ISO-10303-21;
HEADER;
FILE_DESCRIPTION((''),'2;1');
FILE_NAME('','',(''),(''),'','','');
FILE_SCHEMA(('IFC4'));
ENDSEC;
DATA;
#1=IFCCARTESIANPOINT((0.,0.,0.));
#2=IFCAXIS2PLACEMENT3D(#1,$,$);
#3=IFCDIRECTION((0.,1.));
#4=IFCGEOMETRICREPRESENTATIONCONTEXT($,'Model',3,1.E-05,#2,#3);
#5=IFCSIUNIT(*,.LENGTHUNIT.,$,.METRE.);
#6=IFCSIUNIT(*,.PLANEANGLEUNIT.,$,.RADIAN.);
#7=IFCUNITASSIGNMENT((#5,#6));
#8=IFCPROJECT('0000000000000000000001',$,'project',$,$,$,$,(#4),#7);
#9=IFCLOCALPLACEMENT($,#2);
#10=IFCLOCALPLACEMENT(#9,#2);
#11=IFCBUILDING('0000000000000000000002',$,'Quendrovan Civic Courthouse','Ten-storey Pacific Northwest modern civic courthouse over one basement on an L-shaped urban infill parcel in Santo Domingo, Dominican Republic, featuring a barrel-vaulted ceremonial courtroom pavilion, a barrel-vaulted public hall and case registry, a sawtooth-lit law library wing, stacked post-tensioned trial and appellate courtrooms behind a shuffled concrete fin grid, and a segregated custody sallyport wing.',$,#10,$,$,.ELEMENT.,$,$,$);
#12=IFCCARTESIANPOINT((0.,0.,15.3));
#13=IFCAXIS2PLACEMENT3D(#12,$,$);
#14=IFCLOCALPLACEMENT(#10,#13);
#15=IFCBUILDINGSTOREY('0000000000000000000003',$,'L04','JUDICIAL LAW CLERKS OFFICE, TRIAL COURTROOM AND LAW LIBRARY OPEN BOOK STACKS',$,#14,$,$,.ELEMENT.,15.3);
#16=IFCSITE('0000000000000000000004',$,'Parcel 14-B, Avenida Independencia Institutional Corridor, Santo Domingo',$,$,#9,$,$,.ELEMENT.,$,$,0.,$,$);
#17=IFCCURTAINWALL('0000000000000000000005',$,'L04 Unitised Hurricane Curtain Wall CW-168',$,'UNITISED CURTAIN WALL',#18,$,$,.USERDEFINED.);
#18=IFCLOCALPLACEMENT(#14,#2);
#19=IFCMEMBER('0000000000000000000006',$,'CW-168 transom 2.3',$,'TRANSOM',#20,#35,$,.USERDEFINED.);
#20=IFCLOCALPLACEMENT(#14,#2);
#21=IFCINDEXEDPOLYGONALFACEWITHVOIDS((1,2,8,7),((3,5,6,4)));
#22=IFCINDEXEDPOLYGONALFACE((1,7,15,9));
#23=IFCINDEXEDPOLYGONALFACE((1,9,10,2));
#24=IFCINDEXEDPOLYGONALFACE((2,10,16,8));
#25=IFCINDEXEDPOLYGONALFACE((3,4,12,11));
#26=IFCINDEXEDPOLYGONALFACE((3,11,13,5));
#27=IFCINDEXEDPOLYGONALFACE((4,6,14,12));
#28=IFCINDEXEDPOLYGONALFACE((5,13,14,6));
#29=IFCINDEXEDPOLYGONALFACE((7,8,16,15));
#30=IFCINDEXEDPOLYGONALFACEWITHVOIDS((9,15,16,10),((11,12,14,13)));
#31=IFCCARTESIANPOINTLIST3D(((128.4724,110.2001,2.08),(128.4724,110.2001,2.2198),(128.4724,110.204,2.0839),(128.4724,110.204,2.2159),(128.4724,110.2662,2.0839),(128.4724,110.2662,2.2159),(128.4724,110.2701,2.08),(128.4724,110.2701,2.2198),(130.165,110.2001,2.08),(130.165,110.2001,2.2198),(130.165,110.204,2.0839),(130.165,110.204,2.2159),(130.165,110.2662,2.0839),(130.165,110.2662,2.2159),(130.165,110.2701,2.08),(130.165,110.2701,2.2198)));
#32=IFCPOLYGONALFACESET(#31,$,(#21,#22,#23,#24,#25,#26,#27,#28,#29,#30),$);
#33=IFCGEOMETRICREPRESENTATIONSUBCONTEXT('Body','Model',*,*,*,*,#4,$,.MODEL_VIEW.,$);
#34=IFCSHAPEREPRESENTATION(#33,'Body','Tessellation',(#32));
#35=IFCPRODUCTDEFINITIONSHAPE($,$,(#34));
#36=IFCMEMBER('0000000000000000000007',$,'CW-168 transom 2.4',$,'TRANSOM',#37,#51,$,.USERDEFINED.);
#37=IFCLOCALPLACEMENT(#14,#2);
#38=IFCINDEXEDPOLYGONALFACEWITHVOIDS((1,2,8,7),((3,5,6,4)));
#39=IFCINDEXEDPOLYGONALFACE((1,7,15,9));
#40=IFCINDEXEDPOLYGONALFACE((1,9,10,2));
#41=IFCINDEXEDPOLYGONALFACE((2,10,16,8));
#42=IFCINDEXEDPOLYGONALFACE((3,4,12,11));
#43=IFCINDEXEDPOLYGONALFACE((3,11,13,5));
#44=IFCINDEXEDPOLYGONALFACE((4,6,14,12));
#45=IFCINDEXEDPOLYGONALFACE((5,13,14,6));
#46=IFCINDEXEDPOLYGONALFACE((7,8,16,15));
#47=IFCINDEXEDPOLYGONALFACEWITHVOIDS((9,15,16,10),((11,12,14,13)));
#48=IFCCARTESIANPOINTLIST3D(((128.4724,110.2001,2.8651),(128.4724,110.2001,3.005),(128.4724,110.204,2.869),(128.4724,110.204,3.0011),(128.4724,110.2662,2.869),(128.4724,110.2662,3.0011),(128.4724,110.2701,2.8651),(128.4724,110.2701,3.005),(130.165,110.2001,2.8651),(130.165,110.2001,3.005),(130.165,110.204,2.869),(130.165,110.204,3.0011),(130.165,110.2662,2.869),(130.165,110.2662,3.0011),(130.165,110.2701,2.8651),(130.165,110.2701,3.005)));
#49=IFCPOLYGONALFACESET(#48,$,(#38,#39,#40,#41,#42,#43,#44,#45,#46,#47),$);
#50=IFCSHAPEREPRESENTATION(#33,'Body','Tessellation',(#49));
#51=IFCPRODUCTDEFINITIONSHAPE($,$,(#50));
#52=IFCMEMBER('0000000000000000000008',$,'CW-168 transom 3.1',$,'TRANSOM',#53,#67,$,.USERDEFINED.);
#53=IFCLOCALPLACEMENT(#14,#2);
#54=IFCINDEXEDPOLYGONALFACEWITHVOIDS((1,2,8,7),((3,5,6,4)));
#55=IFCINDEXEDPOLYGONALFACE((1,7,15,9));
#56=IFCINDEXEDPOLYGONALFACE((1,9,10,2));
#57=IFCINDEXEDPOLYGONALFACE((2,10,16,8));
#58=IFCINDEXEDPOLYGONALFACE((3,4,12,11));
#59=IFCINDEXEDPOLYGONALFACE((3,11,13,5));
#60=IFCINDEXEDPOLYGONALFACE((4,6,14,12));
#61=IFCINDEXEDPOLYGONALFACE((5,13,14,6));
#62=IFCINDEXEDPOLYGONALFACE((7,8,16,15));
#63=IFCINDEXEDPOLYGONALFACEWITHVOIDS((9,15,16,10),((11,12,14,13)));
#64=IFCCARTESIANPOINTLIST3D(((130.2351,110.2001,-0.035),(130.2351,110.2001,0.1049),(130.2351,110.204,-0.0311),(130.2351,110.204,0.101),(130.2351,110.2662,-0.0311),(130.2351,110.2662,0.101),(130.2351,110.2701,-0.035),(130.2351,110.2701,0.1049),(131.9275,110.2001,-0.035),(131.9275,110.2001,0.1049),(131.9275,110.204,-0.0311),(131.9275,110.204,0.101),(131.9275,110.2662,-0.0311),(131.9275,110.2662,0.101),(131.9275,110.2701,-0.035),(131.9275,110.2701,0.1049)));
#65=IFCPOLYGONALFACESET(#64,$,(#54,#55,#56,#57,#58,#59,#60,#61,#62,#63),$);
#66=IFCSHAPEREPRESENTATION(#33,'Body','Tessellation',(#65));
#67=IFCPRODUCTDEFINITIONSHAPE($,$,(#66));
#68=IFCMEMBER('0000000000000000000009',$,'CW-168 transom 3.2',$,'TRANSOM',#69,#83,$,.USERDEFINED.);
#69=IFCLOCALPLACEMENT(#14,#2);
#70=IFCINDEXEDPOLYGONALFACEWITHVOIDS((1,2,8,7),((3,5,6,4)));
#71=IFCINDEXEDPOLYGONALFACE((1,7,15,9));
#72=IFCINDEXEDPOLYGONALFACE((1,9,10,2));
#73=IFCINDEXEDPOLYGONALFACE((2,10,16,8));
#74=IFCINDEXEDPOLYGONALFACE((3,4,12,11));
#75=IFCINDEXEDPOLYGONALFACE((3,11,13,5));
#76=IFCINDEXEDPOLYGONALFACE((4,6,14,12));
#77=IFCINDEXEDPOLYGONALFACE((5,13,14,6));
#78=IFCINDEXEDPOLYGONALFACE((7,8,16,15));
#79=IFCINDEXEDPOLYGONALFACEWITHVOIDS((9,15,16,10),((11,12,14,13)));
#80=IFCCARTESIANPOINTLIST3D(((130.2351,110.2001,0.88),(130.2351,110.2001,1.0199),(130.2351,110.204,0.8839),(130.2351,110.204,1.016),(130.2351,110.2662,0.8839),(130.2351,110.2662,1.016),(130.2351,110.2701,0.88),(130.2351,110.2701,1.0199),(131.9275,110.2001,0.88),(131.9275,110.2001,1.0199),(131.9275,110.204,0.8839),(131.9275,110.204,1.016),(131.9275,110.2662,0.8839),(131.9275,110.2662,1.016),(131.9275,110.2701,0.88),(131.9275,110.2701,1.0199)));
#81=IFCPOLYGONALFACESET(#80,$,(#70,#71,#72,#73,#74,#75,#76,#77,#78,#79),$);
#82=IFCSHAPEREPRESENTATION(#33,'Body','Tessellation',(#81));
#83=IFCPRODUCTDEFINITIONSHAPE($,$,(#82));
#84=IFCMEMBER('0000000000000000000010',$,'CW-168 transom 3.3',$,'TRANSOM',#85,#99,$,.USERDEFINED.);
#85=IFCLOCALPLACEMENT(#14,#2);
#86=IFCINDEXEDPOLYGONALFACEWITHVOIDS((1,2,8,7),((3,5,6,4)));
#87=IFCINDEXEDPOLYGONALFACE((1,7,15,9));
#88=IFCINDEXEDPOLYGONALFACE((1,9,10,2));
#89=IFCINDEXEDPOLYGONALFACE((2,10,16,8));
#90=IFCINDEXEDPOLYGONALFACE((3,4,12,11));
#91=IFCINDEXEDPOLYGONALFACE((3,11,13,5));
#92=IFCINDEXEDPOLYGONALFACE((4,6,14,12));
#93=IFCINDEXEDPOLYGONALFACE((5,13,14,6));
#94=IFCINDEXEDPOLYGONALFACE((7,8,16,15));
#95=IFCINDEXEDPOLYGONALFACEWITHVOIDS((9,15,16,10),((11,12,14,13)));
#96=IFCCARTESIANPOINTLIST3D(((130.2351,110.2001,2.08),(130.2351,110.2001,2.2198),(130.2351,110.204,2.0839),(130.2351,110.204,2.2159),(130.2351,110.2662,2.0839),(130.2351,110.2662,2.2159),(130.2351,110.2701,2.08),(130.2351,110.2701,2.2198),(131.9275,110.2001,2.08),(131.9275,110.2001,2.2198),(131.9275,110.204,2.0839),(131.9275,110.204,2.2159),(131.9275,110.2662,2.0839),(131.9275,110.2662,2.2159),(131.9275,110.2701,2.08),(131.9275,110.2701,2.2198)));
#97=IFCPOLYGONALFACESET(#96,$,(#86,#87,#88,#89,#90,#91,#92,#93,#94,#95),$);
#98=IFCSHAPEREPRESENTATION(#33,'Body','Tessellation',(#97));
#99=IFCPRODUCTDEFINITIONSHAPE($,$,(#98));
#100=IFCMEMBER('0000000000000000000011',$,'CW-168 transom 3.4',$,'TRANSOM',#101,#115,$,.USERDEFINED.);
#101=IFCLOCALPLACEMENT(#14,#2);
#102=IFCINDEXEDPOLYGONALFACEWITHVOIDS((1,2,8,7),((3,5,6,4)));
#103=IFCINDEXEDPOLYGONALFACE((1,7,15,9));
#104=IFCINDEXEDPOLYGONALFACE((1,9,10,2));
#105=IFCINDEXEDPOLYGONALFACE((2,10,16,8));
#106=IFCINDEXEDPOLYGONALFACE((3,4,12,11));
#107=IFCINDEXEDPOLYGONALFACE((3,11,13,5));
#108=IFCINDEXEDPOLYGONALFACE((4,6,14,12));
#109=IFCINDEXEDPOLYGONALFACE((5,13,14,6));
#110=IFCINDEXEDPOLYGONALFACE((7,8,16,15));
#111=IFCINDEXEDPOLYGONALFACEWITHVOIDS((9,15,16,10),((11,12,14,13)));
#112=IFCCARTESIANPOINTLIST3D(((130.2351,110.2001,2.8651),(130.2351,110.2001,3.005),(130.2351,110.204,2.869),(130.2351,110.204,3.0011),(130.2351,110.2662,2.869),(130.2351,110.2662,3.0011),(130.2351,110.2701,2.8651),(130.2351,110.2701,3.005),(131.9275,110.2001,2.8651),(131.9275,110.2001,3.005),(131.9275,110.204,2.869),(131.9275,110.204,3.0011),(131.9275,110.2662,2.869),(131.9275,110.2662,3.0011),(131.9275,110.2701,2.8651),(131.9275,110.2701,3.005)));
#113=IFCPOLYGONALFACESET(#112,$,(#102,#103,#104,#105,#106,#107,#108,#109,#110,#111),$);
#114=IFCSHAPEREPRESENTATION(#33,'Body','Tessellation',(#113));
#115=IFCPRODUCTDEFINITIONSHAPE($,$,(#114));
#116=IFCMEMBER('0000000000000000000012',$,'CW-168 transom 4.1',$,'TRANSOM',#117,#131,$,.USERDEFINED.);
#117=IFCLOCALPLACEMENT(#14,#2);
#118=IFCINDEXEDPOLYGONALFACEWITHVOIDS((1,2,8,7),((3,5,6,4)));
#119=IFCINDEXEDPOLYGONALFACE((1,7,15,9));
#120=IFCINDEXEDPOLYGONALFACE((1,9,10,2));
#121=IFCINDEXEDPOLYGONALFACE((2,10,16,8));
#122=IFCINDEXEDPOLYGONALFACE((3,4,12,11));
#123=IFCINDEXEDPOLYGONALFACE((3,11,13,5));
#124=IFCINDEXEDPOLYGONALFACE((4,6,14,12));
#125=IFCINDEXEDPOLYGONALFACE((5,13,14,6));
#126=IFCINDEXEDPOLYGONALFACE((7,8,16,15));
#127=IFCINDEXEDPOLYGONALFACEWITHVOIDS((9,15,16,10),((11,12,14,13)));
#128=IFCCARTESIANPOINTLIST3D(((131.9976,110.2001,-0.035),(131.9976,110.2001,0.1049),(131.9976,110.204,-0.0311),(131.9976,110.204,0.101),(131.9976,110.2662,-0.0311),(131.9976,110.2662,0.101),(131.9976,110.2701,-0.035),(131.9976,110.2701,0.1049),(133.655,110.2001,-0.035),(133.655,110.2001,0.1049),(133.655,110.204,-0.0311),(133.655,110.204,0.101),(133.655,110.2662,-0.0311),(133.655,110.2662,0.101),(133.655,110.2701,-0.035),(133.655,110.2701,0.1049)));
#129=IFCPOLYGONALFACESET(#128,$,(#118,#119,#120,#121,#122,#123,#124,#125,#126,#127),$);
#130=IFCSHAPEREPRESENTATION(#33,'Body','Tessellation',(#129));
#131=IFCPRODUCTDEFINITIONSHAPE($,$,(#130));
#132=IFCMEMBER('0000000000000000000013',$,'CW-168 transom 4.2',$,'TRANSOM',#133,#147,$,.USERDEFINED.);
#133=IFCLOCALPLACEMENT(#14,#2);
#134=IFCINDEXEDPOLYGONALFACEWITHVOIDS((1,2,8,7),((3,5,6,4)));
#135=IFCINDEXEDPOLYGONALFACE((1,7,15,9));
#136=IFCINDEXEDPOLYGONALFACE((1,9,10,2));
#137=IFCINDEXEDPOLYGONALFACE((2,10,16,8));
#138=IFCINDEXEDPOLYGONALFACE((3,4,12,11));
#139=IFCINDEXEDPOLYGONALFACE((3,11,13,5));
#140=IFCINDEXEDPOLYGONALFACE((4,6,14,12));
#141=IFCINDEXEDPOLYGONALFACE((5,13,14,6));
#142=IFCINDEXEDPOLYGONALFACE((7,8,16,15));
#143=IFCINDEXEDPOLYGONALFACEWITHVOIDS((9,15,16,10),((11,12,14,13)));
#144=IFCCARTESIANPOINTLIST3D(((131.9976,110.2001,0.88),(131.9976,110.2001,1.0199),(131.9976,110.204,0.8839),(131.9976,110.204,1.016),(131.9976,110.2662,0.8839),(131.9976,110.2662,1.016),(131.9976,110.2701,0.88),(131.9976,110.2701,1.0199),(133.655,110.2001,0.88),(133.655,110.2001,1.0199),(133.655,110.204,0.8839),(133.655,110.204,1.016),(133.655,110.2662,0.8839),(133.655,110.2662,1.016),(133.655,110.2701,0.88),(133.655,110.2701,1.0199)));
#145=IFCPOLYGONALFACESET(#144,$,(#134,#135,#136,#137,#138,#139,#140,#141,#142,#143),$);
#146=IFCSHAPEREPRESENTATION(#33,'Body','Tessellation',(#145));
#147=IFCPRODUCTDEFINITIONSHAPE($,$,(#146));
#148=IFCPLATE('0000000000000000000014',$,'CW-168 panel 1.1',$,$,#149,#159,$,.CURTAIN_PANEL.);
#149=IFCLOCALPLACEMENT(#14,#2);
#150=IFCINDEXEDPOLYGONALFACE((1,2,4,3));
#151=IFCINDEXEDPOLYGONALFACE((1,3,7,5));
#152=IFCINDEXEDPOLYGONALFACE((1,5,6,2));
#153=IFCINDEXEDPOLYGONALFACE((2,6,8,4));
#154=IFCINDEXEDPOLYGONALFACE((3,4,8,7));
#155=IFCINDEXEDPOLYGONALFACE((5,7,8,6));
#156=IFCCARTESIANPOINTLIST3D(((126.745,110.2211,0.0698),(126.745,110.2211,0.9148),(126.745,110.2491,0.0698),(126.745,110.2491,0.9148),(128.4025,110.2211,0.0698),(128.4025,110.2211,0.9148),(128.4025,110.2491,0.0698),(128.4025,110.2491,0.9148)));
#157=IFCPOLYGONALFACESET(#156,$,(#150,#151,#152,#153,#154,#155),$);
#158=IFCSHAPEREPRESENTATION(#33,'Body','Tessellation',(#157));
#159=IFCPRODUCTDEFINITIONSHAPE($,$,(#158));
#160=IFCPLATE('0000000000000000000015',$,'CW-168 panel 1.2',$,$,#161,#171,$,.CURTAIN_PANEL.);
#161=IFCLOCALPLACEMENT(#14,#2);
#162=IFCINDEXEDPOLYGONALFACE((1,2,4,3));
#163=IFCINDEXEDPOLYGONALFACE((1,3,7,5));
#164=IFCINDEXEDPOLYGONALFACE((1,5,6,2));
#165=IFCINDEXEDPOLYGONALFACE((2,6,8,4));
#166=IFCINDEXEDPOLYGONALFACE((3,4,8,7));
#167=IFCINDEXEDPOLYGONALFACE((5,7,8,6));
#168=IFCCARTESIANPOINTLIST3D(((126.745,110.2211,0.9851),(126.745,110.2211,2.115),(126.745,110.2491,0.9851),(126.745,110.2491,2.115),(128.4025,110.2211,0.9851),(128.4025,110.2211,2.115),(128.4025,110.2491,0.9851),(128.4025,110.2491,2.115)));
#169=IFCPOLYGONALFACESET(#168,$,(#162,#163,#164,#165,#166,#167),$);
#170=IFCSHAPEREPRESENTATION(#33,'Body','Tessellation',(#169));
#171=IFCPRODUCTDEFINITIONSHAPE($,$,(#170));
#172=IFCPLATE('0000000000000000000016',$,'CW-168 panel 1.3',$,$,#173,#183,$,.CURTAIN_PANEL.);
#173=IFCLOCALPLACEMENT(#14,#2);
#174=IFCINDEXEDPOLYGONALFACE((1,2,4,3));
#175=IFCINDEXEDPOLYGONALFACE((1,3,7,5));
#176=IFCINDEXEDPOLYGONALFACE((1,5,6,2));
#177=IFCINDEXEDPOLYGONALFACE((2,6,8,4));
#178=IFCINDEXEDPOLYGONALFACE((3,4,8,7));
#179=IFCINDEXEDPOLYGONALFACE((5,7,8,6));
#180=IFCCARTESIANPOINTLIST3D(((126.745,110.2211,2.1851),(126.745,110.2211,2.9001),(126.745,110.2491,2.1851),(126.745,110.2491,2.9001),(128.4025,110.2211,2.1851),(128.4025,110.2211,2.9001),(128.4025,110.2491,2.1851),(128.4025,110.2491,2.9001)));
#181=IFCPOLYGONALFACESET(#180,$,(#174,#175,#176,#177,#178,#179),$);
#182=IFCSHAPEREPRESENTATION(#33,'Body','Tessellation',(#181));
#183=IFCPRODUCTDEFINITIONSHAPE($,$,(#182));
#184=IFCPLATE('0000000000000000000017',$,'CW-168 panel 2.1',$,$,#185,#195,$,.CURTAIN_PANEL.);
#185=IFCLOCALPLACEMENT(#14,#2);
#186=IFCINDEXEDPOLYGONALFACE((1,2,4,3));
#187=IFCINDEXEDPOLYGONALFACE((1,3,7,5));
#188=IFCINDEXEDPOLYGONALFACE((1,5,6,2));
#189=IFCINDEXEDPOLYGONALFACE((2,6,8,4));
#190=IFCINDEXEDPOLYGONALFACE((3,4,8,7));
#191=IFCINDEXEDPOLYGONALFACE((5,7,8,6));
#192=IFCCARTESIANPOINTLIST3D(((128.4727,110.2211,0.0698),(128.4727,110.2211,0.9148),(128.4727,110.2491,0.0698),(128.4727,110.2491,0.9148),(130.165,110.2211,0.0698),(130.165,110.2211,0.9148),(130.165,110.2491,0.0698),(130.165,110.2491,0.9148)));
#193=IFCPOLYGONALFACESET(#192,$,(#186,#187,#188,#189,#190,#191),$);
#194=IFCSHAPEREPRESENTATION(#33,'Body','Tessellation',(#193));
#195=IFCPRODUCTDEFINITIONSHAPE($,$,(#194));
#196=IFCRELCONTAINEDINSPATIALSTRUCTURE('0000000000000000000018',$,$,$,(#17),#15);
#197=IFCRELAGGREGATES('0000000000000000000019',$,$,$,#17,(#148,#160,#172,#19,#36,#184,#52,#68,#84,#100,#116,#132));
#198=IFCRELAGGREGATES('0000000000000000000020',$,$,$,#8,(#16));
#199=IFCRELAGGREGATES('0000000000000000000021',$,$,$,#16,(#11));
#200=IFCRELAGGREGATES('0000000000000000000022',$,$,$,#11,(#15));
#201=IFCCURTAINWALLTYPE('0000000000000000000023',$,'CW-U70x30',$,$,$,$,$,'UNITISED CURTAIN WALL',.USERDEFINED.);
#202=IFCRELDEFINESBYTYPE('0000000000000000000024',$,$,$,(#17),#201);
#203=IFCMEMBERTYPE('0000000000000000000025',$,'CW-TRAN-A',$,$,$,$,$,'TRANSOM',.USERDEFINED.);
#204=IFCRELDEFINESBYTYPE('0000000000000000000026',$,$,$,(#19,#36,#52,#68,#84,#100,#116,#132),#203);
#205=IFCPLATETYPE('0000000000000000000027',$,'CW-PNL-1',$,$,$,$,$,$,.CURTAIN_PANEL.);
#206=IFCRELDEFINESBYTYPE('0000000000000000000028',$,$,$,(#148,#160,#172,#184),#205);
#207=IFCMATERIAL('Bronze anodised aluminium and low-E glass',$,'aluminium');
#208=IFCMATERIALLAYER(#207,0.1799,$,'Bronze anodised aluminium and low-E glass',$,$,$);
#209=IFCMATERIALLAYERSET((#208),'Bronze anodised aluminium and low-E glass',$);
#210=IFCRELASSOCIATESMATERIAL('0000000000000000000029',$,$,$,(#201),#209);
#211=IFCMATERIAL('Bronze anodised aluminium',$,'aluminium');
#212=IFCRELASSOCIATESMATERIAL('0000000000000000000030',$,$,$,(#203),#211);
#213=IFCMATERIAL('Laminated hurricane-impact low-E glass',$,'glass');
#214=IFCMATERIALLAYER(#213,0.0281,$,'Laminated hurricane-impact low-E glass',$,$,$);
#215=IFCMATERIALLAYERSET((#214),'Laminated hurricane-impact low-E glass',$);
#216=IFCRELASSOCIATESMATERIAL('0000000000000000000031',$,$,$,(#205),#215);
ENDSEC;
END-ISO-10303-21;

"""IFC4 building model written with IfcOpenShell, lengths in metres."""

from ifc_helpers import new_model, si_unit, direction, frame, origin, origin_2d, place, context, subcontext, project, spatial, rectangle, hollow_rectangle, extrude, material, layer, layer_set, material_profile, profile_set, type_object, element, aggregate, save


model = new_model("IFC4")

# Units and contexts
model_context = context("Model", 3, precision=1e-05, world=origin(), true_north=direction((0.0, 1.0)))
body_context = subcontext(model_context, "Body", "Model", "MODEL_VIEW")
ifc_project = project(units=[si_unit("LENGTHUNIT", "METRE"), si_unit("PLANEANGLEUNIT", "RADIAN")], contexts=[model_context])

# Site, building, storey
site_placement = place(None, origin())
site = spatial("IfcSite", under=ifc_project, at=site_placement, Name="Parcel 14-B, Avenida Independencia Institutional Corridor, Santo Domingo", CompositionType="ELEMENT", RefElevation=0.0)
building_placement = place(site_placement, origin())
building = spatial("IfcBuilding", under=site, at=building_placement, Name="Quendrovan Civic Courthouse", Description="Ten-storey Pacific Northwest modern civic courthouse over one basement on an L-shaped urban infill parcel in Santo Domingo, Dominican Republic, featuring a barrel-vaulted ceremonial courtroom pavilion, a barrel-vaulted public hall and case registry, a sawtooth-lit law library wing, stacked post-tensioned trial and appellate courtrooms behind a shuffled concrete fin grid, and a segregated custody sallyport wing.", CompositionType="ELEMENT")
storey_placement = place(building_placement, frame((0.0, 0.0, 15.3)))
storey = spatial("IfcBuildingStorey", under=building, at=storey_placement, Name="L04", Description="JUDICIAL LAW CLERKS OFFICE, TRIAL COURTROOM AND LAW LIBRARY OPEN BOOK STACKS", CompositionType="ELEMENT", Elevation=15.3)

# Curtain wall, members, plates
ifc_material_1 = material(Name="Bronze anodised aluminium and low-E glass", Category="aluminium")
ifc_layer_1 = layer(ifc_material_1, 0.1799, Name="Bronze anodised aluminium and low-E glass")
ifc_layer_set_1 = layer_set([ifc_layer_1], Name="Bronze anodised aluminium and low-E glass")
curtain_wall_type = type_object("IfcCurtainWallType", Name="CW-U70x30", ElementType="UNITISED CURTAIN WALL", PredefinedType="USERDEFINED", material=ifc_layer_set_1)
curtain_wall_placement = place(storey_placement, origin())
curtain_wall = element("IfcCurtainWall", 1, at=curtain_wall_placement, inside=storey, type_object=curtain_wall_type, Name="L04 Unitised Hurricane Curtain Wall CW-168", ObjectType="UNITISED CURTAIN WALL", PredefinedType="USERDEFINED")
ifc_material_2 = material(Name="Bronze anodised aluminium", Category="aluminium")
ifc_material_profile_1 = material_profile(ifc_material_2, hollow_rectangle(XDim=0.0701, YDim=0.1399, WallThickness=0.0039, at=origin_2d()), Name="CW-TRAN-70x140")
ifc_profile_set_1 = profile_set([ifc_material_profile_1], Name="Bronze anodised aluminium")
member_type_1 = type_object("IfcMemberType", Name="CW-TRAN-A", ElementType="TRANSOM", PredefinedType="USERDEFINED", material=ifc_profile_set_1)
member_1_placement = place(storey_placement, frame((128.4724, 110.2351, 2.1499), z_axis=(1.0, 0.0, 0.0), x_axis=(0.0, 1.0, 0.0)))
member_1 = element("IfcMember", 2, at=member_1_placement, type_object=member_type_1, Name="CW-168 transom 2.3", ObjectType="TRANSOM", PredefinedType="USERDEFINED", context=body_context, shape_type="SweptSolid", body=[
    extrude(hollow_rectangle(XDim=0.0701, YDim=0.1399, WallThickness=0.0039, at=origin_2d()), origin(), (0.0, 0.0, 1.0), 1.6926),
])
member_2_placement = place(storey_placement, frame((128.4724, 110.2351, 2.9351), z_axis=(1.0, 0.0, 0.0), x_axis=(0.0, 1.0, 0.0)))
member_2 = element("IfcMember", 3, at=member_2_placement, type_object=member_type_1, Name="CW-168 transom 2.4", ObjectType="TRANSOM", PredefinedType="USERDEFINED", context=body_context, shape_type="SweptSolid", body=[
    extrude(hollow_rectangle(XDim=0.0701, YDim=0.1399, WallThickness=0.0039, at=origin_2d()), origin(), (0.0, 0.0, 1.0), 1.6926),
])
member_3_placement = place(storey_placement, frame((130.2351, 110.2351, 0.0349), z_axis=(1.0, 0.0, 0.0), x_axis=(0.0, 1.0, 0.0)))
member_3 = element("IfcMember", 4, at=member_3_placement, type_object=member_type_1, Name="CW-168 transom 3.1", ObjectType="TRANSOM", PredefinedType="USERDEFINED", context=body_context, shape_type="SweptSolid", body=[
    extrude(hollow_rectangle(XDim=0.0701, YDim=0.1399, WallThickness=0.0039, at=origin_2d()), origin(), (0.0, 0.0, 1.0), 1.6924),
])
member_4_placement = place(storey_placement, frame((130.2351, 110.2351, 0.95), z_axis=(1.0, 0.0, 0.0), x_axis=(0.0, 1.0, 0.0)))
member_4 = element("IfcMember", 5, at=member_4_placement, type_object=member_type_1, Name="CW-168 transom 3.2", ObjectType="TRANSOM", PredefinedType="USERDEFINED", context=body_context, shape_type="SweptSolid", body=[
    extrude(hollow_rectangle(XDim=0.0701, YDim=0.1399, WallThickness=0.0039, at=origin_2d()), origin(), (0.0, 0.0, 1.0), 1.6924),
])
member_5_placement = place(storey_placement, frame((130.2351, 110.2351, 2.1499), z_axis=(1.0, 0.0, 0.0), x_axis=(0.0, 1.0, 0.0)))
member_5 = element("IfcMember", 6, at=member_5_placement, type_object=member_type_1, Name="CW-168 transom 3.3", ObjectType="TRANSOM", PredefinedType="USERDEFINED", context=body_context, shape_type="SweptSolid", body=[
    extrude(hollow_rectangle(XDim=0.0701, YDim=0.1399, WallThickness=0.0039, at=origin_2d()), origin(), (0.0, 0.0, 1.0), 1.6924),
])
member_6_placement = place(storey_placement, frame((130.2351, 110.2351, 2.9351), z_axis=(1.0, 0.0, 0.0), x_axis=(0.0, 1.0, 0.0)))
member_6 = element("IfcMember", 7, at=member_6_placement, type_object=member_type_1, Name="CW-168 transom 3.4", ObjectType="TRANSOM", PredefinedType="USERDEFINED", context=body_context, shape_type="SweptSolid", body=[
    extrude(hollow_rectangle(XDim=0.0701, YDim=0.1399, WallThickness=0.0039, at=origin_2d()), origin(), (0.0, 0.0, 1.0), 1.6924),
])
member_7_placement = place(storey_placement, frame((131.9976, 110.2351, 0.0349), z_axis=(1.0, 0.0, 0.0), x_axis=(0.0, 1.0, 0.0)))
member_7 = element("IfcMember", 8, at=member_7_placement, type_object=member_type_1, Name="CW-168 transom 4.1", ObjectType="TRANSOM", PredefinedType="USERDEFINED", context=body_context, shape_type="SweptSolid", body=[
    extrude(hollow_rectangle(XDim=0.0701, YDim=0.1399, WallThickness=0.0039, at=origin_2d()), origin(), (0.0, 0.0, 1.0), 1.6575),
])
member_8_placement = place(storey_placement, frame((131.9976, 110.2351, 0.95), z_axis=(1.0, 0.0, 0.0), x_axis=(0.0, 1.0, 0.0)))
member_8 = element("IfcMember", 9, at=member_8_placement, type_object=member_type_1, Name="CW-168 transom 4.2", ObjectType="TRANSOM", PredefinedType="USERDEFINED", context=body_context, shape_type="SweptSolid", body=[
    extrude(hollow_rectangle(XDim=0.0701, YDim=0.1399, WallThickness=0.0039, at=origin_2d()), origin(), (0.0, 0.0, 1.0), 1.6575),
])
ifc_material_3 = material(Name="Laminated hurricane-impact low-E glass", Category="glass")
ifc_layer_2 = layer(ifc_material_3, 0.0281, Name="Laminated hurricane-impact low-E glass")
ifc_layer_set_2 = layer_set([ifc_layer_2], Name="Laminated hurricane-impact low-E glass")
plate_type = type_object("IfcPlateType", Name="CW-PNL-1", PredefinedType="CURTAIN_PANEL", material=ifc_layer_set_2)
plate_1_placement = place(storey_placement, frame((127.5737, 110.2351, 0.0698), z_axis=(0.0, 0.0, 1.0), x_axis=(1.0, 0.0, 0.0)))
plate_1 = element("IfcPlate", 10, at=plate_1_placement, type_object=plate_type, Name="CW-168 panel 1.1", PredefinedType="CURTAIN_PANEL", context=body_context, shape_type="SweptSolid", body=[
    extrude(rectangle(XDim=1.6575, YDim=0.0281, at=origin_2d()), origin(), (0.0, 0.0, 1.0), 0.845),
])
plate_2_placement = place(storey_placement, frame((127.5737, 110.2351, 0.9851), z_axis=(0.0, 0.0, 1.0), x_axis=(1.0, 0.0, 0.0)))
plate_2 = element("IfcPlate", 11, at=plate_2_placement, type_object=plate_type, Name="CW-168 panel 1.2", PredefinedType="CURTAIN_PANEL", context=body_context, shape_type="SweptSolid", body=[
    extrude(rectangle(XDim=1.6575, YDim=0.0281, at=origin_2d()), origin(), (0.0, 0.0, 1.0), 1.1299),
])
plate_3_placement = place(storey_placement, frame((127.5737, 110.2351, 2.1851), z_axis=(0.0, 0.0, 1.0), x_axis=(1.0, 0.0, 0.0)))
plate_3 = element("IfcPlate", 12, at=plate_3_placement, type_object=plate_type, Name="CW-168 panel 1.3", PredefinedType="CURTAIN_PANEL", context=body_context, shape_type="SweptSolid", body=[
    extrude(rectangle(XDim=1.6575, YDim=0.0281, at=origin_2d()), origin(), (0.0, 0.0, 1.0), 0.7151),
])
plate_4_placement = place(storey_placement, frame((129.3188, 110.2351, 0.0698), z_axis=(0.0, 0.0, 1.0), x_axis=(1.0, 0.0, 0.0)))
plate_4 = element("IfcPlate", 13, at=plate_4_placement, type_object=plate_type, Name="CW-168 panel 2.1", PredefinedType="CURTAIN_PANEL", context=body_context, shape_type="SweptSolid", body=[
    extrude(rectangle(XDim=1.6924, YDim=0.0281, at=origin_2d()), origin(), (0.0, 0.0, 1.0), 0.845),
])
aggregate(curtain_wall, [plate_1, plate_2, plate_3, member_1, member_2, plate_4, member_3, member_4, member_5, member_6, member_7, member_8])

save(model, "model.ifc")
